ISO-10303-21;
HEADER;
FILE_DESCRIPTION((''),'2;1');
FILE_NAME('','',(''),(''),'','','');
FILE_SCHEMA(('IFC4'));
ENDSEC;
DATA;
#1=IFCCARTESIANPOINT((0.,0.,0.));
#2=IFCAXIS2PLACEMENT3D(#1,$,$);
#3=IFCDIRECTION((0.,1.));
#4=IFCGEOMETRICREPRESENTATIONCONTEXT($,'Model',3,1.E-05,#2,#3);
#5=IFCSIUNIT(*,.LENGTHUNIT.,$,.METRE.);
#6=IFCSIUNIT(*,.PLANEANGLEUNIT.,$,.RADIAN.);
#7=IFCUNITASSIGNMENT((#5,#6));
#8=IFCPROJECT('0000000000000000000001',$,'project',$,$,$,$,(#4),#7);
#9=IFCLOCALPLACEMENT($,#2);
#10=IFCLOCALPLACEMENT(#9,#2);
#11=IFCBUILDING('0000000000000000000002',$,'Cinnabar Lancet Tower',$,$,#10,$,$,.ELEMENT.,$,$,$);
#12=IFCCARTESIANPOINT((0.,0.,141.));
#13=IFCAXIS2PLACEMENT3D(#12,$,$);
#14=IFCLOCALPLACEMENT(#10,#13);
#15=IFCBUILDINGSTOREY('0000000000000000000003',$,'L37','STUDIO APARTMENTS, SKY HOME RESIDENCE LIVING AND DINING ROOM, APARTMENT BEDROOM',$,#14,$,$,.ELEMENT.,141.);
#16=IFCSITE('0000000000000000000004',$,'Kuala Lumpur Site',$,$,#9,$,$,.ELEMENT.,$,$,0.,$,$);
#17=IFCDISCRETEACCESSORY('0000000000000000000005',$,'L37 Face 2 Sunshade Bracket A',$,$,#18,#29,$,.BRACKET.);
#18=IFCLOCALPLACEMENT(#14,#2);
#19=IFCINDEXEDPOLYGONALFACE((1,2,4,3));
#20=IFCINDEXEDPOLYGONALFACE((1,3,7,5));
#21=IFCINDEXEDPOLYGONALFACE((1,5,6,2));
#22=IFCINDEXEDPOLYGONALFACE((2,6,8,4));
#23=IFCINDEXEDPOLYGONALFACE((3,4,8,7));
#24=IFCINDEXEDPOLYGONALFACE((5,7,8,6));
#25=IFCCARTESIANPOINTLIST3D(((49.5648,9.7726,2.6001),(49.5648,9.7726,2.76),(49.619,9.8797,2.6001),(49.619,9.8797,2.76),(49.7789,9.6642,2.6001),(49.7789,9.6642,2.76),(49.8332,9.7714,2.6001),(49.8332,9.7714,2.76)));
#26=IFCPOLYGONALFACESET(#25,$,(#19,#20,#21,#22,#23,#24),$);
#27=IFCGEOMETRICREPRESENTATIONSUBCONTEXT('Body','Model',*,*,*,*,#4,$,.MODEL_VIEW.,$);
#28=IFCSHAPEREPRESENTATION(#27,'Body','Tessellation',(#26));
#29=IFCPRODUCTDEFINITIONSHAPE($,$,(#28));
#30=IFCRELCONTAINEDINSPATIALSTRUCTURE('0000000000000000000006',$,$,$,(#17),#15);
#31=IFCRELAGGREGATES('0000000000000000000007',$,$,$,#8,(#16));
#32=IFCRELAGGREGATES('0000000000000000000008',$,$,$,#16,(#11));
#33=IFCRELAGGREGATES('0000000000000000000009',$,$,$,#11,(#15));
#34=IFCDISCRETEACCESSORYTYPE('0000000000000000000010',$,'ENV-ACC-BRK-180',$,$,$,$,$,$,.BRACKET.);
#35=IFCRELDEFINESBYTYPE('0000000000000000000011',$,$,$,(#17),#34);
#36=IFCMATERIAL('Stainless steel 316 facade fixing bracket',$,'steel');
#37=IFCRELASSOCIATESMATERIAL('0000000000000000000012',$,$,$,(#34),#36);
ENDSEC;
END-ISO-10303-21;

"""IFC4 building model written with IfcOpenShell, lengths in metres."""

from ifc_helpers import new_model, si_unit, direction, frame, origin, origin_2d, place, context, subcontext, project, spatial, rectangle, extrude, material, type_object, element, save


model = new_model("IFC4")

# Units and contexts
model_context = context("Model", 3, precision=1e-05, world=origin(), true_north=direction((0.0, 1.0)))
body_context = subcontext(model_context, "Body", "Model", "MODEL_VIEW")
ifc_project = project(units=[si_unit("LENGTHUNIT", "METRE"), si_unit("PLANEANGLEUNIT", "RADIAN")], contexts=[model_context])

# Site, building, storey
site_placement = place(None, origin())
site = spatial("IfcSite", under=ifc_project, at=site_placement, Name="Kuala Lumpur Site", CompositionType="ELEMENT", RefElevation=0.0)
building_placement = place(site_placement, origin())
building = spatial("IfcBuilding", under=site, at=building_placement, Name="Cinnabar Lancet Tower", CompositionType="ELEMENT")
storey_placement = place(building_placement, frame((0.0, 0.0, 141.0)))
storey = spatial("IfcBuildingStorey", under=building, at=storey_placement, Name="L37", Description="STUDIO APARTMENTS, SKY HOME RESIDENCE LIVING AND DINING ROOM, APARTMENT BEDROOM", CompositionType="ELEMENT", Elevation=141.0)

# Discrete accessory
ifc_material_1 = material(Name="Stainless steel 316 facade fixing bracket", Category="steel")
discrete_accessory_type = type_object("IfcDiscreteAccessoryType", Name="ENV-ACC-BRK-180", PredefinedType="BRACKET", material=ifc_material_1)
discrete_accessory_placement = place(storey_placement, frame((49.699, 9.772, 2.6001), z_axis=(0.0, 0.0, 1.0), x_axis=(0.451454, 0.892294, 0.0)))
element("IfcDiscreteAccessory", 1, at=discrete_accessory_placement, inside=storey, type_object=discrete_accessory_type, Name="L37 Face 2 Sunshade Bracket A", PredefinedType="BRACKET", context=body_context, shape_type="SweptSolid", body=[
    extrude(rectangle(XDim=0.1201, YDim=0.24, at=origin_2d()), origin(), (0.0, 0.0, 1.0), 0.1599),
])

save(model, "model.ifc")
